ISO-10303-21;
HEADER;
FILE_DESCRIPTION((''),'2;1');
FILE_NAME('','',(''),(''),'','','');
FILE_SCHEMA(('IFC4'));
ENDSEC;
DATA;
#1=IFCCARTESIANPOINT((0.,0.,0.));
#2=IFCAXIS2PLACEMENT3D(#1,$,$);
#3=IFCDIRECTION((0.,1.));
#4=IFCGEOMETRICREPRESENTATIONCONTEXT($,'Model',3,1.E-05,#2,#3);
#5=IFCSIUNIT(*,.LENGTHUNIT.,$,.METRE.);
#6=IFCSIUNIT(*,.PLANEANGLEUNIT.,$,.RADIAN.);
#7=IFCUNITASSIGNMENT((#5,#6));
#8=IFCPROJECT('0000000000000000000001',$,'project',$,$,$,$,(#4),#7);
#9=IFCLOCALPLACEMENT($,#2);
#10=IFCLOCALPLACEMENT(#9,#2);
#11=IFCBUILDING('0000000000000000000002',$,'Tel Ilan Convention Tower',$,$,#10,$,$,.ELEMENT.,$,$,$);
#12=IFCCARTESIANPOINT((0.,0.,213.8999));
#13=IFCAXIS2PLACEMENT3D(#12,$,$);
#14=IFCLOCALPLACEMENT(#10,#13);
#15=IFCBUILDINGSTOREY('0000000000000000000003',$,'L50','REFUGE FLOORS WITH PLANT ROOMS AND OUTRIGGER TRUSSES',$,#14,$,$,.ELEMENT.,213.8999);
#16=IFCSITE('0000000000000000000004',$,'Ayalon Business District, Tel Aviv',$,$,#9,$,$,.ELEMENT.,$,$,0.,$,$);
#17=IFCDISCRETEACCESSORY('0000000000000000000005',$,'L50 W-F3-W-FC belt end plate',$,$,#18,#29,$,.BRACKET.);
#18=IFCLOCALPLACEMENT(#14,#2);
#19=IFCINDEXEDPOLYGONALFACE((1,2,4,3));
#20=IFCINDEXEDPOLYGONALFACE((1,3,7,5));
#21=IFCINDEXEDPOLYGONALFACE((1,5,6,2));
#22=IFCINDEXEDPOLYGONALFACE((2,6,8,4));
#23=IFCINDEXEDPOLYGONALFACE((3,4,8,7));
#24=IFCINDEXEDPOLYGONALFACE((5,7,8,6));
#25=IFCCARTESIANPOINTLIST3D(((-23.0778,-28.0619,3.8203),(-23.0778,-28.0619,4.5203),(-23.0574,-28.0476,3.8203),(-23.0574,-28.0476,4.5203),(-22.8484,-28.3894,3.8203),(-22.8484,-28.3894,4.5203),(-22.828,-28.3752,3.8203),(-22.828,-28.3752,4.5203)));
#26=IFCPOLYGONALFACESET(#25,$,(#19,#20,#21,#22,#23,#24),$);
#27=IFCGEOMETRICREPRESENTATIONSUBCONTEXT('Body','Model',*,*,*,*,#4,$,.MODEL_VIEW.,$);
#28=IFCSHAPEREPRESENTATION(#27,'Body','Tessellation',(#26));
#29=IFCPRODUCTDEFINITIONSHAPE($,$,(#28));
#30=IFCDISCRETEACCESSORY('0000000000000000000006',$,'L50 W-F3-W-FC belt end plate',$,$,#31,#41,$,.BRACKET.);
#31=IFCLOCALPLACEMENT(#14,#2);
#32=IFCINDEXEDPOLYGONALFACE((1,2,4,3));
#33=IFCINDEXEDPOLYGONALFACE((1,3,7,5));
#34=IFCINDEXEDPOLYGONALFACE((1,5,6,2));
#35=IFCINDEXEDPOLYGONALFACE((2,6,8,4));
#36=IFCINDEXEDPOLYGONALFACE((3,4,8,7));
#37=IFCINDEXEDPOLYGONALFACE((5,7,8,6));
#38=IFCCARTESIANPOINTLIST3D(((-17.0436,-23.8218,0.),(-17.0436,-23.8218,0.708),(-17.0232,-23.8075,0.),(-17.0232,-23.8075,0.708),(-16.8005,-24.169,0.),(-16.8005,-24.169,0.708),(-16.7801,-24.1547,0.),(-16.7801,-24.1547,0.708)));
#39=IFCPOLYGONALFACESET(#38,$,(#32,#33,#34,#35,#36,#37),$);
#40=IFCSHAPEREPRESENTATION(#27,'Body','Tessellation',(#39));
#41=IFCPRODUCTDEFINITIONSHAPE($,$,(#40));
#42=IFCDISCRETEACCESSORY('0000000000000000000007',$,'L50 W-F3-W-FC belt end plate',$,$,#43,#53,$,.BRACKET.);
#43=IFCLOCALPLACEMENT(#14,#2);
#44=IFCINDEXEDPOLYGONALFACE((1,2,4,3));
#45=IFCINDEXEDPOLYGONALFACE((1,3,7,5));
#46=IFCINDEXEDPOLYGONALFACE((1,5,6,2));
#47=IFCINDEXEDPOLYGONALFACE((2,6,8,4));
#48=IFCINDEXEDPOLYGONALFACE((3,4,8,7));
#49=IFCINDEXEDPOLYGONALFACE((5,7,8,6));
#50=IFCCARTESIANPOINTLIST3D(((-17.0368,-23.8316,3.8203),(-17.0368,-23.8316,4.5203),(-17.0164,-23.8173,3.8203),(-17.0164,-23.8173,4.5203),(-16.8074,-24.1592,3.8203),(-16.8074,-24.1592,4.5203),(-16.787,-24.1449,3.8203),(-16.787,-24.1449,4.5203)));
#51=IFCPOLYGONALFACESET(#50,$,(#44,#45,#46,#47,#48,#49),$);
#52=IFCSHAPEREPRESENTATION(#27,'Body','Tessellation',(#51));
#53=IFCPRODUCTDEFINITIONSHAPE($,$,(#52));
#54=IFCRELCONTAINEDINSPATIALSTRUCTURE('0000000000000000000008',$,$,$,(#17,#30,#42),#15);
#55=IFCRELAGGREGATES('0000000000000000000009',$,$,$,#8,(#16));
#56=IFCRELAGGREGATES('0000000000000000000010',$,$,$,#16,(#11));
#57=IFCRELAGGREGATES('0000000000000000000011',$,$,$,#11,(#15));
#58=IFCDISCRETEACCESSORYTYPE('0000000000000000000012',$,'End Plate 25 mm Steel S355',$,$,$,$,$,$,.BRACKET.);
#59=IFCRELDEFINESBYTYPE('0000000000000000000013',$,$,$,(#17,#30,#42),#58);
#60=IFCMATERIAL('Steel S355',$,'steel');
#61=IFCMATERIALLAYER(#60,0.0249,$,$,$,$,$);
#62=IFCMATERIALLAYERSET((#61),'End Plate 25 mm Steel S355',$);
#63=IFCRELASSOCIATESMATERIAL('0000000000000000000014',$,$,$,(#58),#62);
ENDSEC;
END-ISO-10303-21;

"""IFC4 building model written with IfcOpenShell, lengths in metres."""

from ifc_helpers import new_model, si_unit, direction, frame, origin, origin_2d, place, context, subcontext, project, spatial, rectangle, extrude, material, layer, layer_set, type_object, element, save


model = new_model("IFC4")

# Units and contexts
model_context = context("Model", 3, precision=1e-05, world=origin(), true_north=direction((0.0, 1.0)))
body_context = subcontext(model_context, "Body", "Model", "MODEL_VIEW")
ifc_project = project(units=[si_unit("LENGTHUNIT", "METRE"), si_unit("PLANEANGLEUNIT", "RADIAN")], contexts=[model_context])

# Site, building, storey
site_placement = place(None, origin())
site = spatial("IfcSite", under=ifc_project, at=site_placement, Name="Ayalon Business District, Tel Aviv", CompositionType="ELEMENT", RefElevation=0.0)
building_placement = place(site_placement, origin())
building = spatial("IfcBuilding", under=site, at=building_placement, Name="Tel Ilan Convention Tower", CompositionType="ELEMENT")
storey_placement = place(building_placement, frame((0.0, 0.0, 213.8999)))
storey = spatial("IfcBuildingStorey", under=building, at=storey_placement, Name="L50", Description="REFUGE FLOORS WITH PLANT ROOMS AND OUTRIGGER TRUSSES", CompositionType="ELEMENT", Elevation=213.8999)

# Discrete accessories
ifc_material_1 = material(Name="Steel S355", Category="steel")
ifc_layer_1 = layer(ifc_material_1, 0.0249)
ifc_layer_set_1 = layer_set([ifc_layer_1], Name="End Plate 25 mm Steel S355")
discrete_accessory_type_1 = type_object("IfcDiscreteAccessoryType", Name="End Plate 25 mm Steel S355", PredefinedType="BRACKET", material=ifc_layer_set_1)
discrete_accessory_1_placement = place(storey_placement, frame((-22.9529, -28.2185, 3.8203), z_axis=(0.0, 0.0, 1.0), x_axis=(-0.819152, -0.573576, 0.0)))
element("IfcDiscreteAccessory", 1, at=discrete_accessory_1_placement, inside=storey, type_object=discrete_accessory_type_1, Name="L50 W-F3-W-FC belt end plate", PredefinedType="BRACKET", context=body_context, shape_type="SweptSolid", body=[
    extrude(rectangle(XDim=0.0249, YDim=0.3999, at=origin_2d()), origin(), (0.0, 0.0, 1.0), 0.7),
])
discrete_accessory_2_placement = place(storey_placement, frame((-16.9119, -23.9883, 0.0), z_axis=(0.0, 0.0, 1.0), x_axis=(0.819152, 0.573576, 0.0)))
element("IfcDiscreteAccessory", 2, at=discrete_accessory_2_placement, inside=storey, type_object=discrete_accessory_type_1, Name="L50 W-F3-W-FC belt end plate", PredefinedType="BRACKET", context=body_context, shape_type="SweptSolid", body=[
    extrude(rectangle(XDim=0.0249, YDim=0.4238, at=origin_2d()), origin(), (0.0, 0.0, 1.0), 0.708),
])
discrete_accessory_3_placement = place(storey_placement, frame((-16.9119, -23.9883, 3.8203), z_axis=(0.0, 0.0, 1.0), x_axis=(0.819152, 0.573576, 0.0)))
element("IfcDiscreteAccessory", 3, at=discrete_accessory_3_placement, inside=storey, type_object=discrete_accessory_type_1, Name="L50 W-F3-W-FC belt end plate", PredefinedType="BRACKET", context=body_context, shape_type="SweptSolid", body=[
    extrude(rectangle(XDim=0.0249, YDim=0.3999, at=origin_2d()), origin(), (0.0, 0.0, 1.0), 0.7),
])

save(model, "model.ifc")
